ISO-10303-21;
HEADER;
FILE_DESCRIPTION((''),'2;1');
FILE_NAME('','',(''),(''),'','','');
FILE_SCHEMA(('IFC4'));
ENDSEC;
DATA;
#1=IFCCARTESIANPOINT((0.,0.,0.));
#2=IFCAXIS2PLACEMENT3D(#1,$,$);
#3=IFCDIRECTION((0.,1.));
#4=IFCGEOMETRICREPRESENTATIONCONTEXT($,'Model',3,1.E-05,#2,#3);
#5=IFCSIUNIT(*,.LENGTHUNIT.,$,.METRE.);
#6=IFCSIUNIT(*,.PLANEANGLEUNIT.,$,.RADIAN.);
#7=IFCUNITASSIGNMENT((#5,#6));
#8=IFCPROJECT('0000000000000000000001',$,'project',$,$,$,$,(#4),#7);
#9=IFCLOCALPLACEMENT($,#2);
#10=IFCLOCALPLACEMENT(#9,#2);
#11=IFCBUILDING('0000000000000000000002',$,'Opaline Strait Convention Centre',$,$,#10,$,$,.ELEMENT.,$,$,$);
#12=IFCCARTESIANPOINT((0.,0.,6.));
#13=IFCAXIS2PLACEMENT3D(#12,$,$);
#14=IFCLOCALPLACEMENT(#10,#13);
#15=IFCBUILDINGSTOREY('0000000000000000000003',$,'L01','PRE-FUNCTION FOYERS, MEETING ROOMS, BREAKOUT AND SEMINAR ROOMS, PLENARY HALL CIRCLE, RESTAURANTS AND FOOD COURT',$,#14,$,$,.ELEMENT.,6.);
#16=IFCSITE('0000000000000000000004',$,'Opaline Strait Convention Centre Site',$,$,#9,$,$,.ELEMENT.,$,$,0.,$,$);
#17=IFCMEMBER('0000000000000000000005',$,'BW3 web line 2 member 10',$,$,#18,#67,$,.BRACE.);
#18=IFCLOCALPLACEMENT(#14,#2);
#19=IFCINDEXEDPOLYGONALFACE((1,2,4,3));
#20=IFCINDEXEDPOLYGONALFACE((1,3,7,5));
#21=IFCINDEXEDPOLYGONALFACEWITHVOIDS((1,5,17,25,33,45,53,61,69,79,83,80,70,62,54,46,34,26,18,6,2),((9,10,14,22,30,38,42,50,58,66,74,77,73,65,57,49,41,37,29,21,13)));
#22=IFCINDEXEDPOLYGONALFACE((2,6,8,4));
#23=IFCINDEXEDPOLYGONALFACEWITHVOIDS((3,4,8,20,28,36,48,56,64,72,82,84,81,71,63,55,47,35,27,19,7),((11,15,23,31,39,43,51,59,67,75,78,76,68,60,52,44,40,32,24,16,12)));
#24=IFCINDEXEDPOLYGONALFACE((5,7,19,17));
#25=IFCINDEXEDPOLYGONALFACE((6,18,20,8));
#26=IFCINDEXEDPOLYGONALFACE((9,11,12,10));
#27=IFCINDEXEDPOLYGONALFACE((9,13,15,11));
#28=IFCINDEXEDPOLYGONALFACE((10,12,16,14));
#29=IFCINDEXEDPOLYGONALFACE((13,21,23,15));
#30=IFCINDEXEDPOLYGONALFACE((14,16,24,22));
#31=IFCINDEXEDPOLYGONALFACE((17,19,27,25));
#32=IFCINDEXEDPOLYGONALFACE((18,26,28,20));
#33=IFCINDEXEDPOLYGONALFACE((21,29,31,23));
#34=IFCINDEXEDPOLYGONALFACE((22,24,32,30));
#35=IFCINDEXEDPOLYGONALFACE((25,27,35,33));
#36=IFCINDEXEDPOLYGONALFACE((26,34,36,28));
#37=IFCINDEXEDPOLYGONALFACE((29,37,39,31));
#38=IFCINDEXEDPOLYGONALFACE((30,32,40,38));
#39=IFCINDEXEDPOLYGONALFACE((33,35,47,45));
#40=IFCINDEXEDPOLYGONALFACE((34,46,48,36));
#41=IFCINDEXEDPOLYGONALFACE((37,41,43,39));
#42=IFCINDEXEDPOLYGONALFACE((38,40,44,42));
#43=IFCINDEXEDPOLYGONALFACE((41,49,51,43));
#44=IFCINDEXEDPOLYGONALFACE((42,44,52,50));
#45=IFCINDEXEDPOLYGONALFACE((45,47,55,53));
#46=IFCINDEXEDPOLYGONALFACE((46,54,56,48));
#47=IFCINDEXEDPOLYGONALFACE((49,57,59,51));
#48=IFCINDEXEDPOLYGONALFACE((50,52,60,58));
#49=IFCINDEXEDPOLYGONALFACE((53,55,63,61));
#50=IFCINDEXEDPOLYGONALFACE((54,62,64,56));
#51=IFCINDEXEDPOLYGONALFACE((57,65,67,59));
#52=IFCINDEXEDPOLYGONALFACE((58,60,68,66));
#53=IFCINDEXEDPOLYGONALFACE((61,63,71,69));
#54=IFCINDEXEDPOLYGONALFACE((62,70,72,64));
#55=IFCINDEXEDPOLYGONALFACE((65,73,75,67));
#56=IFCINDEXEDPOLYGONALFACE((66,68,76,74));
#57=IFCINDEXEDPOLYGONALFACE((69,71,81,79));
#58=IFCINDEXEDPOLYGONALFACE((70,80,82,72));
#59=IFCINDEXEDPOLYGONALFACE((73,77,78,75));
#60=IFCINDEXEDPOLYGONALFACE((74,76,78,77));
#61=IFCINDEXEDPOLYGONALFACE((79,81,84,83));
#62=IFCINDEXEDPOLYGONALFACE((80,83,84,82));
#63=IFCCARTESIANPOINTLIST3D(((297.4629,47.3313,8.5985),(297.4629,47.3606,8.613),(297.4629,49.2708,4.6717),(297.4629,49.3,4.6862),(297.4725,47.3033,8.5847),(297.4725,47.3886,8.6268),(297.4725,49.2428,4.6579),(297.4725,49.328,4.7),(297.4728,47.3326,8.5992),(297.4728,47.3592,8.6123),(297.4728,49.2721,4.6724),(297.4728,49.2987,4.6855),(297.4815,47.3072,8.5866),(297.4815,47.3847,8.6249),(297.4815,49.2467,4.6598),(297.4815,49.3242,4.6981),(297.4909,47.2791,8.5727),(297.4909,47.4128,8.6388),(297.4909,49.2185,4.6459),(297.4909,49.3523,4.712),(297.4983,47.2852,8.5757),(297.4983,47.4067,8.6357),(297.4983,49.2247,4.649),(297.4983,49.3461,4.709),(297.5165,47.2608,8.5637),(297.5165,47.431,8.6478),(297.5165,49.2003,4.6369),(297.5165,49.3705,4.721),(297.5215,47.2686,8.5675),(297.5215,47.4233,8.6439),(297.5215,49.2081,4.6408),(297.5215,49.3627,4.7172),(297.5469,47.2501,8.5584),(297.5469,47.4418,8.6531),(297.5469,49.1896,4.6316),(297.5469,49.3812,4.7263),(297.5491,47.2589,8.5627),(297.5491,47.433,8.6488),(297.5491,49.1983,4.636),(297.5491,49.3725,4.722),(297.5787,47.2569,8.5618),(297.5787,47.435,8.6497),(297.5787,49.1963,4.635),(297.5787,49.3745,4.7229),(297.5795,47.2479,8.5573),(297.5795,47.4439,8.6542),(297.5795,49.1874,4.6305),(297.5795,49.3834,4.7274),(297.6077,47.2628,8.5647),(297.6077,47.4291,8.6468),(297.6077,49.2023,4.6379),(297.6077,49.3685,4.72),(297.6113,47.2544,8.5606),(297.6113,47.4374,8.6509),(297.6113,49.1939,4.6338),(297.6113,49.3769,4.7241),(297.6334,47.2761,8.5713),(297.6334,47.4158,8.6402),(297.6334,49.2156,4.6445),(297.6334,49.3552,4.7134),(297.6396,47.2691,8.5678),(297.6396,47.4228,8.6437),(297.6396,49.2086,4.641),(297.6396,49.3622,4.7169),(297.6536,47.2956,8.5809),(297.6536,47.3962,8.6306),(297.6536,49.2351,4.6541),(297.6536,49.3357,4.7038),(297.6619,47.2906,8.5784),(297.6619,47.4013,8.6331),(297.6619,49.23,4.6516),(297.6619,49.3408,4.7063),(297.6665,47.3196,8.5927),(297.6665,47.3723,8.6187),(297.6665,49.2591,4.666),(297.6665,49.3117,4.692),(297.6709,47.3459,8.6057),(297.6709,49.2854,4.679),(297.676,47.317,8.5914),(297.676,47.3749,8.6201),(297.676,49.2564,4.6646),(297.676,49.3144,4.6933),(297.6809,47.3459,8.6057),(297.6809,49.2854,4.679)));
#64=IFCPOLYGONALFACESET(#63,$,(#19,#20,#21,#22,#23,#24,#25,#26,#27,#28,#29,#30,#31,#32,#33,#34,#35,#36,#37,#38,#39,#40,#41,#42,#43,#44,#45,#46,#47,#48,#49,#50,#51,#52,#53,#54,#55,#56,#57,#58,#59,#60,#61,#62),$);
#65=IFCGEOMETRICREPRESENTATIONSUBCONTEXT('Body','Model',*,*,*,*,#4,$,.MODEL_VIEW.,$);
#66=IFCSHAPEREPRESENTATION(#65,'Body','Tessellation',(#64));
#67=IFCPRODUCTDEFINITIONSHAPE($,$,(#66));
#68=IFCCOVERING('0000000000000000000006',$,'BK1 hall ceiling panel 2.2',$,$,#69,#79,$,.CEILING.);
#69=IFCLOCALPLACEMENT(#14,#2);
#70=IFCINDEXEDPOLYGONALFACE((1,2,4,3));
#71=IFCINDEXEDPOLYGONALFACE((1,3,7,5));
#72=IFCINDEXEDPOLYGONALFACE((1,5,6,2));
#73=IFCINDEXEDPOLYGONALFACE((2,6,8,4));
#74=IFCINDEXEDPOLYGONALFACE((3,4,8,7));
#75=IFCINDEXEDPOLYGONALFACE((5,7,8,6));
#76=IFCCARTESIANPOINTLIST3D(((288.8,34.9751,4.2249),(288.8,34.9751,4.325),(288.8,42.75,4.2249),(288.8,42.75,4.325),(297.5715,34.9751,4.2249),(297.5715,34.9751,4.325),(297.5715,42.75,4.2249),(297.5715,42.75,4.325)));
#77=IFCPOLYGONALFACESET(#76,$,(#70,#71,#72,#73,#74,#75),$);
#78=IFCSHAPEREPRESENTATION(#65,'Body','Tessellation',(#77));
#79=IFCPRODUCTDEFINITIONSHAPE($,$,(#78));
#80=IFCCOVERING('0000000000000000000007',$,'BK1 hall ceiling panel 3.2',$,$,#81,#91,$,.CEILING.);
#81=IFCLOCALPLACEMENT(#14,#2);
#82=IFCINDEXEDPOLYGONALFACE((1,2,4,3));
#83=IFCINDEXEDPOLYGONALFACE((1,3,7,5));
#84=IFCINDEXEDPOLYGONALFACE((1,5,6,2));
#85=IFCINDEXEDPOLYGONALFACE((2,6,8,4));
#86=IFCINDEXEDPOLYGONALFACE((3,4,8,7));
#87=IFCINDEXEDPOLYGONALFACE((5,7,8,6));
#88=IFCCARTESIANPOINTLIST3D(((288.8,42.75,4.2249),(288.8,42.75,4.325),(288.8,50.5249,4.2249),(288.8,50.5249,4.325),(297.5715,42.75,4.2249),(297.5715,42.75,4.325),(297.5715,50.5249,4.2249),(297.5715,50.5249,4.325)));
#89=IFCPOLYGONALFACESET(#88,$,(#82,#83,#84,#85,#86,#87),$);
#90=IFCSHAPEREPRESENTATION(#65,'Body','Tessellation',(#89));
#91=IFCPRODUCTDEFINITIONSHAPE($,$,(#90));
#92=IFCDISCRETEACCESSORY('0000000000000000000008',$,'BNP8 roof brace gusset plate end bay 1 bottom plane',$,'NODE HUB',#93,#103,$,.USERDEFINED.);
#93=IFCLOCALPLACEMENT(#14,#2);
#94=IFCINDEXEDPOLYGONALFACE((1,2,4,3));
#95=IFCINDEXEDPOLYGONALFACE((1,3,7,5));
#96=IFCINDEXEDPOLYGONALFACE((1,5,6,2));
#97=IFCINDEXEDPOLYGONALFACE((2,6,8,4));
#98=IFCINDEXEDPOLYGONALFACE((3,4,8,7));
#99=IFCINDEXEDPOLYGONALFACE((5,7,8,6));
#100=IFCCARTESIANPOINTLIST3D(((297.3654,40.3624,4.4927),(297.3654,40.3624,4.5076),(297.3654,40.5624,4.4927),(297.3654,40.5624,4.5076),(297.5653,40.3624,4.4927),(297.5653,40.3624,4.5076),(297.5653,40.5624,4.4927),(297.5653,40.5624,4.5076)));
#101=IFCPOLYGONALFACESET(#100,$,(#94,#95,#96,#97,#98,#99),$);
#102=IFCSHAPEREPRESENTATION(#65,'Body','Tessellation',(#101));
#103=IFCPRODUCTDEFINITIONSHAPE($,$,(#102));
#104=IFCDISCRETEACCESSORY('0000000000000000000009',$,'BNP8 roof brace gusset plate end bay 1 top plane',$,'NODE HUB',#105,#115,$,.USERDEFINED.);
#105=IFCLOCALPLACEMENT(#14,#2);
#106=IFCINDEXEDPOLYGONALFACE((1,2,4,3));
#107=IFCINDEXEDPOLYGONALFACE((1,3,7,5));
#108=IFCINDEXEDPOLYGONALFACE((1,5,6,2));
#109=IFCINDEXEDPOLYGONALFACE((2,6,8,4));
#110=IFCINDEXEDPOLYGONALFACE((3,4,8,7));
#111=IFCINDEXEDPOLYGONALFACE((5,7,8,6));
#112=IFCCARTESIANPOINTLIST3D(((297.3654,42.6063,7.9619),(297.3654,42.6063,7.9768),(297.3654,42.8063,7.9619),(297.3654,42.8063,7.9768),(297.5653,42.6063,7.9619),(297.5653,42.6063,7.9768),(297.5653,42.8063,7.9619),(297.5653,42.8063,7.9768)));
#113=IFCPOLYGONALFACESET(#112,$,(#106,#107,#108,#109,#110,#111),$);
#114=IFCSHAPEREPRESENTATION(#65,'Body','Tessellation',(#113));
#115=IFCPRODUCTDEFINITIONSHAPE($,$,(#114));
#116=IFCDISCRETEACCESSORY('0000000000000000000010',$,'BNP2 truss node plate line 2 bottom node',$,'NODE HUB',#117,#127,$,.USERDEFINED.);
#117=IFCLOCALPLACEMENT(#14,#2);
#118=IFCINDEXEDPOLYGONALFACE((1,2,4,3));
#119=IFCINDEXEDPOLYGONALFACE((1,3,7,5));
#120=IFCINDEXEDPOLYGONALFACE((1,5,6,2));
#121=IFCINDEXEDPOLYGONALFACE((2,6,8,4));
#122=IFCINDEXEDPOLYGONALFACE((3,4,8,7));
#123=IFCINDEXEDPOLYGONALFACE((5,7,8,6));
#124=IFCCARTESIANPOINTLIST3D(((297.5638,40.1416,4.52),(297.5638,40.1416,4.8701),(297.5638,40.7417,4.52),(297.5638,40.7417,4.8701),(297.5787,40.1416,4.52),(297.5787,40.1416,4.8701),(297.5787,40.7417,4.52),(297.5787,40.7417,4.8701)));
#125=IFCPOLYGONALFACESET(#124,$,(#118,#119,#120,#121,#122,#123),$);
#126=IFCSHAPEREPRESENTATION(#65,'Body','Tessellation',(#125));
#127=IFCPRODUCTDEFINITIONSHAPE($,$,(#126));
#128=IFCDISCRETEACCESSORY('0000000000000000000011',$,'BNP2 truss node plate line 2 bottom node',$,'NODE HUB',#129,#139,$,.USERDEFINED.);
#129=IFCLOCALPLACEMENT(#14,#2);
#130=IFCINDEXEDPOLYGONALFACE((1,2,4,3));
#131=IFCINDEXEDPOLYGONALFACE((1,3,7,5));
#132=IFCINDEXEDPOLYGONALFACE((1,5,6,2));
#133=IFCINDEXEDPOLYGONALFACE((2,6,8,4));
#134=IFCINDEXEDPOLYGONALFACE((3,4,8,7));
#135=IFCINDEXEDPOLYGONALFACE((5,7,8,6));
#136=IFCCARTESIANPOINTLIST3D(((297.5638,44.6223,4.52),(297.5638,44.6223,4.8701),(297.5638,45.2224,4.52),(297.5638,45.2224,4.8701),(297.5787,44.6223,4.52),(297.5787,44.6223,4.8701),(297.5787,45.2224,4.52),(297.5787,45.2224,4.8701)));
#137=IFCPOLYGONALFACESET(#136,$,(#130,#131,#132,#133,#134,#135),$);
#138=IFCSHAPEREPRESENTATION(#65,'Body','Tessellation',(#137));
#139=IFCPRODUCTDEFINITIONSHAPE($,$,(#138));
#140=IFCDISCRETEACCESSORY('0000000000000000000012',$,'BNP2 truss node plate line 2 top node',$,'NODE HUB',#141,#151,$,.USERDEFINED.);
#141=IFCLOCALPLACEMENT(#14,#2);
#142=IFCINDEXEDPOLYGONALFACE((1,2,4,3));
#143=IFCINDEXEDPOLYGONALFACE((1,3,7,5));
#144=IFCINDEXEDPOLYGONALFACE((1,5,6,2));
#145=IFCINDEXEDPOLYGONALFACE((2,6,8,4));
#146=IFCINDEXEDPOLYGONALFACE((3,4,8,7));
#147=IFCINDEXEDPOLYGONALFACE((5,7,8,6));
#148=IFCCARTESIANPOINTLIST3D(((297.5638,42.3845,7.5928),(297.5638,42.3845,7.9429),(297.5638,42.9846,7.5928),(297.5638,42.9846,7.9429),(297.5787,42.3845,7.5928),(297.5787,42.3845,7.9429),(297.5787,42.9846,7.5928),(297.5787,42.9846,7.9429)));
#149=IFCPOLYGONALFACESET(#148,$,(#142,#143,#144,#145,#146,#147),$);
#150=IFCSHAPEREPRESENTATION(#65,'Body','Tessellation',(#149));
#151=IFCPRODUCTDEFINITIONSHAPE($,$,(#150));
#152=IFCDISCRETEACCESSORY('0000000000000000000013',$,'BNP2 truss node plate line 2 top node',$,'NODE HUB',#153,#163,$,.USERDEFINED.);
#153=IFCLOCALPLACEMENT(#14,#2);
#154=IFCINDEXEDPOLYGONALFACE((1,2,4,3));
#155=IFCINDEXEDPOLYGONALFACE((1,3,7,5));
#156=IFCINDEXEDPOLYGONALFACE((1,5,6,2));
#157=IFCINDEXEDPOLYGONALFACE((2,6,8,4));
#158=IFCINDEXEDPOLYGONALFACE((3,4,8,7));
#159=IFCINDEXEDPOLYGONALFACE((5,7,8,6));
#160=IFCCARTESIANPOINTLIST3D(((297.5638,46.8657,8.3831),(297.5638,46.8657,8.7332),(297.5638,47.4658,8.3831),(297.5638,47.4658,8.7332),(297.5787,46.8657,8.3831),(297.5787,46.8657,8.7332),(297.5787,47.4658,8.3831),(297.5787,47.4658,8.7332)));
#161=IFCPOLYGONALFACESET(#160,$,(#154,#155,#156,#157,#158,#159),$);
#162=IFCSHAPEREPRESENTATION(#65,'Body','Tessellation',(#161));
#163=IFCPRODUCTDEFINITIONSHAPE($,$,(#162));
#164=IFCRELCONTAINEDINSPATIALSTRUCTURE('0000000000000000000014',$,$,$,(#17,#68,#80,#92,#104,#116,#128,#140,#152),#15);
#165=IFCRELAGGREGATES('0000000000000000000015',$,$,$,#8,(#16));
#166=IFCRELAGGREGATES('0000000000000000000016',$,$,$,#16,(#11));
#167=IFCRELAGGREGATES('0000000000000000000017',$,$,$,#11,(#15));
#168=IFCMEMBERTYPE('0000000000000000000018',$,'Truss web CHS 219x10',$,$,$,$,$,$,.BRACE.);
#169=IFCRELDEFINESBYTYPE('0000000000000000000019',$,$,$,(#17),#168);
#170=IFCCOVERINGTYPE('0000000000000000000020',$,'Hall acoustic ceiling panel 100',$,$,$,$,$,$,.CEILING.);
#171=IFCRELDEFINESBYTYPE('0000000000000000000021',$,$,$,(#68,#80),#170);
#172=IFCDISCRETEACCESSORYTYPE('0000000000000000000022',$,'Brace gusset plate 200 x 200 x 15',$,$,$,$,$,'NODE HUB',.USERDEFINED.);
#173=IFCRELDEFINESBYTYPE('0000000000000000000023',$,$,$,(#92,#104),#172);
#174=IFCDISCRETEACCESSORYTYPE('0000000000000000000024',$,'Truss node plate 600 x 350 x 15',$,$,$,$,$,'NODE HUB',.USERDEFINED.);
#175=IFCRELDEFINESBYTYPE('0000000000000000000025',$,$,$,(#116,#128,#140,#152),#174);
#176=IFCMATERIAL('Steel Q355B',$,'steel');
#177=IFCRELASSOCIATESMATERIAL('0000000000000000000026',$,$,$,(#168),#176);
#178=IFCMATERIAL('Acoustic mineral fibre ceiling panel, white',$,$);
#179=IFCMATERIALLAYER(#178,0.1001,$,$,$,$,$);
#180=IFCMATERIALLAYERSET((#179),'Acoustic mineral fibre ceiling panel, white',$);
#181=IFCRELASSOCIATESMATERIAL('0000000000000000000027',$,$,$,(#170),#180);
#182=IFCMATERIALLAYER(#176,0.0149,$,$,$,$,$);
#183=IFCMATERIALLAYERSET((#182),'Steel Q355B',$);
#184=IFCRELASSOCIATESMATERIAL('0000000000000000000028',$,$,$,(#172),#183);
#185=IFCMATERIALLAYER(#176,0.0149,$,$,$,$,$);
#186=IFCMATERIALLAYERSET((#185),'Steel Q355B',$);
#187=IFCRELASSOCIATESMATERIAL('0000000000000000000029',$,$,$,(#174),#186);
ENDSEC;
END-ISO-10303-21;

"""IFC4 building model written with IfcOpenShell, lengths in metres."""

from ifc_helpers import new_model, si_unit, direction, frame, origin, origin_2d, place, context, subcontext, project, spatial, rectangle, hollow_circle, extrude, material, layer, layer_set, material_profile, profile_set, type_object, element, save


model = new_model("IFC4")

# Units and contexts
model_context = context("Model", 3, precision=1e-05, world=origin(), true_north=direction((0.0, 1.0)))
body_context = subcontext(model_context, "Body", "Model", "MODEL_VIEW")
ifc_project = project(units=[si_unit("LENGTHUNIT", "METRE"), si_unit("PLANEANGLEUNIT", "RADIAN")], contexts=[model_context])

# Site, building, storey
site_placement = place(None, origin())
site = spatial("IfcSite", under=ifc_project, at=site_placement, Name="Opaline Strait Convention Centre Site", CompositionType="ELEMENT", RefElevation=0.0)
building_placement = place(site_placement, origin())
building = spatial("IfcBuilding", under=site, at=building_placement, Name="Opaline Strait Convention Centre", CompositionType="ELEMENT")
storey_placement = place(building_placement, frame((0.0, 0.0, 6.0)))
storey = spatial("IfcBuildingStorey", under=building, at=storey_placement, Name="L01", Description="PRE-FUNCTION FOYERS, MEETING ROOMS, BREAKOUT AND SEMINAR ROOMS, PLENARY HALL CIRCLE, RESTAURANTS AND FOOD COURT", CompositionType="ELEMENT", Elevation=6.0)

# Member
ifc_material_1 = material(Name="Steel Q355B", Category="steel")
ifc_material_profile_1 = material_profile(ifc_material_1, hollow_circle(Radius=0.1096, WallThickness=0.01, at=origin_2d()), Name="CHS 219x10")
ifc_profile_set_1 = profile_set([ifc_material_profile_1], Name="Steel Q355B")
member_type_1 = type_object("IfcMemberType", Name="Truss web CHS 219x10", PredefinedType="BRACE", material=ifc_profile_set_1)
member_1_placement = place(storey_placement, frame((297.5713, 49.2854, 4.679), z_axis=(0.0, -0.442838, 0.896602), x_axis=(1.0, 0.0, 0.0)))
element("IfcMember", 1, at=member_1_placement, inside=storey, type_object=member_type_1, Name="BW3 web line 2 member 10", PredefinedType="BRACE", context=body_context, shape_type="SweptSolid", body=[
    extrude(hollow_circle(Radius=0.1096, WallThickness=0.01, at=origin_2d()), origin(), (0.0, 0.0, 1.0), 4.3796),
])

# Coverings
ifc_material_2 = material(Name="Acoustic mineral fibre ceiling panel, white")
ifc_layer_1 = layer(ifc_material_2, 0.1001)
ifc_layer_set_1 = layer_set([ifc_layer_1], Name="Acoustic mineral fibre ceiling panel, white")
covering_type = type_object("IfcCoveringType", Name="Hall acoustic ceiling panel 100", PredefinedType="CEILING", material=ifc_layer_set_1)
for number, where, z_axis, x_axis, name in (
    (2, (293.1858, 38.8625, 4.2249), (0.0, 0.0, 1.0), (1.0, 0.0, 0.0), "BK1 hall ceiling panel 2.2"),
    (3, (293.1858, 46.6375, 4.2249), (0.0, 0.0, 1.0), (1.0, 0.0, 0.0), "BK1 hall ceiling panel 3.2"),
):
    element("IfcCovering", number, at=place(storey_placement, frame(where, z_axis=z_axis, x_axis=x_axis)), inside=storey, type_object=covering_type, Name=name, PredefinedType="CEILING", context=body_context, shape_type="SweptSolid", body=[
        extrude(rectangle(XDim=8.7715, YDim=7.7749, at=origin_2d()), origin(), (0.0, 0.0, 1.0), 0.1001),
    ])

# Discrete accessories
ifc_layer_2 = layer(ifc_material_1, 0.0149)
ifc_layer_set_2 = layer_set([ifc_layer_2], Name="Steel Q355B")
discrete_accessory_type_1 = type_object("IfcDiscreteAccessoryType", Name="Brace gusset plate 200 x 200 x 15", ElementType="NODE HUB", PredefinedType="USERDEFINED", material=ifc_layer_set_2)
for number, where, z_axis, x_axis, name in (
    (4, (297.4653, 40.4624, 4.4927), (0.0, 0.0, 1.0), (1.0, 0.0, 0.0), "BNP8 roof brace gusset plate end bay 1 bottom plane"),
    (5, (297.4653, 42.7063, 7.9619), (0.0, 0.0, 1.0), (1.0, 0.0, 0.0), "BNP8 roof brace gusset plate end bay 1 top plane"),
):
    element("IfcDiscreteAccessory", number, at=place(storey_placement, frame(where, z_axis=z_axis, x_axis=x_axis)), inside=storey, type_object=discrete_accessory_type_1, Name=name, ObjectType="NODE HUB", PredefinedType="USERDEFINED", context=body_context, shape_type="SweptSolid", body=[
        extrude(rectangle(XDim=0.2, YDim=0.2, at=origin_2d()), origin(), (0.0, 0.0, 1.0), 0.0149),
    ])
ifc_layer_3 = layer(ifc_material_1, 0.0149)
ifc_layer_set_3 = layer_set([ifc_layer_3], Name="Steel Q355B")
discrete_accessory_type_2 = type_object("IfcDiscreteAccessoryType", Name="Truss node plate 600 x 350 x 15", ElementType="NODE HUB", PredefinedType="USERDEFINED", material=ifc_layer_set_3)
for number, where, z_axis, x_axis, name in (
    (6, (297.5713, 40.4417, 4.52), (0.0, 0.0, 1.0), (1.0, 0.0, 0.0), "BNP2 truss node plate line 2 bottom node"),
    (7, (297.5713, 44.9224, 4.52), (0.0, 0.0, 1.0), (1.0, 0.0, 0.0), "BNP2 truss node plate line 2 bottom node"),
    (8, (297.5713, 42.6846, 7.5928), (0.0, 0.0, 1.0), (1.0, 0.0, 0.0), "BNP2 truss node plate line 2 top node"),
    (9, (297.5713, 47.1658, 8.3831), (0.0, 0.0, 1.0), (1.0, 0.0, 0.0), "BNP2 truss node plate line 2 top node"),
):
    element("IfcDiscreteAccessory", number, at=place(storey_placement, frame(where, z_axis=z_axis, x_axis=x_axis)), inside=storey, type_object=discrete_accessory_type_2, Name=name, ObjectType="NODE HUB", PredefinedType="USERDEFINED", context=body_context, shape_type="SweptSolid", body=[
        extrude(rectangle(XDim=0.0149, YDim=0.6001, at=origin_2d()), origin(), (0.0, 0.0, 1.0), 0.3501),
    ])

save(model, "model.ifc")
